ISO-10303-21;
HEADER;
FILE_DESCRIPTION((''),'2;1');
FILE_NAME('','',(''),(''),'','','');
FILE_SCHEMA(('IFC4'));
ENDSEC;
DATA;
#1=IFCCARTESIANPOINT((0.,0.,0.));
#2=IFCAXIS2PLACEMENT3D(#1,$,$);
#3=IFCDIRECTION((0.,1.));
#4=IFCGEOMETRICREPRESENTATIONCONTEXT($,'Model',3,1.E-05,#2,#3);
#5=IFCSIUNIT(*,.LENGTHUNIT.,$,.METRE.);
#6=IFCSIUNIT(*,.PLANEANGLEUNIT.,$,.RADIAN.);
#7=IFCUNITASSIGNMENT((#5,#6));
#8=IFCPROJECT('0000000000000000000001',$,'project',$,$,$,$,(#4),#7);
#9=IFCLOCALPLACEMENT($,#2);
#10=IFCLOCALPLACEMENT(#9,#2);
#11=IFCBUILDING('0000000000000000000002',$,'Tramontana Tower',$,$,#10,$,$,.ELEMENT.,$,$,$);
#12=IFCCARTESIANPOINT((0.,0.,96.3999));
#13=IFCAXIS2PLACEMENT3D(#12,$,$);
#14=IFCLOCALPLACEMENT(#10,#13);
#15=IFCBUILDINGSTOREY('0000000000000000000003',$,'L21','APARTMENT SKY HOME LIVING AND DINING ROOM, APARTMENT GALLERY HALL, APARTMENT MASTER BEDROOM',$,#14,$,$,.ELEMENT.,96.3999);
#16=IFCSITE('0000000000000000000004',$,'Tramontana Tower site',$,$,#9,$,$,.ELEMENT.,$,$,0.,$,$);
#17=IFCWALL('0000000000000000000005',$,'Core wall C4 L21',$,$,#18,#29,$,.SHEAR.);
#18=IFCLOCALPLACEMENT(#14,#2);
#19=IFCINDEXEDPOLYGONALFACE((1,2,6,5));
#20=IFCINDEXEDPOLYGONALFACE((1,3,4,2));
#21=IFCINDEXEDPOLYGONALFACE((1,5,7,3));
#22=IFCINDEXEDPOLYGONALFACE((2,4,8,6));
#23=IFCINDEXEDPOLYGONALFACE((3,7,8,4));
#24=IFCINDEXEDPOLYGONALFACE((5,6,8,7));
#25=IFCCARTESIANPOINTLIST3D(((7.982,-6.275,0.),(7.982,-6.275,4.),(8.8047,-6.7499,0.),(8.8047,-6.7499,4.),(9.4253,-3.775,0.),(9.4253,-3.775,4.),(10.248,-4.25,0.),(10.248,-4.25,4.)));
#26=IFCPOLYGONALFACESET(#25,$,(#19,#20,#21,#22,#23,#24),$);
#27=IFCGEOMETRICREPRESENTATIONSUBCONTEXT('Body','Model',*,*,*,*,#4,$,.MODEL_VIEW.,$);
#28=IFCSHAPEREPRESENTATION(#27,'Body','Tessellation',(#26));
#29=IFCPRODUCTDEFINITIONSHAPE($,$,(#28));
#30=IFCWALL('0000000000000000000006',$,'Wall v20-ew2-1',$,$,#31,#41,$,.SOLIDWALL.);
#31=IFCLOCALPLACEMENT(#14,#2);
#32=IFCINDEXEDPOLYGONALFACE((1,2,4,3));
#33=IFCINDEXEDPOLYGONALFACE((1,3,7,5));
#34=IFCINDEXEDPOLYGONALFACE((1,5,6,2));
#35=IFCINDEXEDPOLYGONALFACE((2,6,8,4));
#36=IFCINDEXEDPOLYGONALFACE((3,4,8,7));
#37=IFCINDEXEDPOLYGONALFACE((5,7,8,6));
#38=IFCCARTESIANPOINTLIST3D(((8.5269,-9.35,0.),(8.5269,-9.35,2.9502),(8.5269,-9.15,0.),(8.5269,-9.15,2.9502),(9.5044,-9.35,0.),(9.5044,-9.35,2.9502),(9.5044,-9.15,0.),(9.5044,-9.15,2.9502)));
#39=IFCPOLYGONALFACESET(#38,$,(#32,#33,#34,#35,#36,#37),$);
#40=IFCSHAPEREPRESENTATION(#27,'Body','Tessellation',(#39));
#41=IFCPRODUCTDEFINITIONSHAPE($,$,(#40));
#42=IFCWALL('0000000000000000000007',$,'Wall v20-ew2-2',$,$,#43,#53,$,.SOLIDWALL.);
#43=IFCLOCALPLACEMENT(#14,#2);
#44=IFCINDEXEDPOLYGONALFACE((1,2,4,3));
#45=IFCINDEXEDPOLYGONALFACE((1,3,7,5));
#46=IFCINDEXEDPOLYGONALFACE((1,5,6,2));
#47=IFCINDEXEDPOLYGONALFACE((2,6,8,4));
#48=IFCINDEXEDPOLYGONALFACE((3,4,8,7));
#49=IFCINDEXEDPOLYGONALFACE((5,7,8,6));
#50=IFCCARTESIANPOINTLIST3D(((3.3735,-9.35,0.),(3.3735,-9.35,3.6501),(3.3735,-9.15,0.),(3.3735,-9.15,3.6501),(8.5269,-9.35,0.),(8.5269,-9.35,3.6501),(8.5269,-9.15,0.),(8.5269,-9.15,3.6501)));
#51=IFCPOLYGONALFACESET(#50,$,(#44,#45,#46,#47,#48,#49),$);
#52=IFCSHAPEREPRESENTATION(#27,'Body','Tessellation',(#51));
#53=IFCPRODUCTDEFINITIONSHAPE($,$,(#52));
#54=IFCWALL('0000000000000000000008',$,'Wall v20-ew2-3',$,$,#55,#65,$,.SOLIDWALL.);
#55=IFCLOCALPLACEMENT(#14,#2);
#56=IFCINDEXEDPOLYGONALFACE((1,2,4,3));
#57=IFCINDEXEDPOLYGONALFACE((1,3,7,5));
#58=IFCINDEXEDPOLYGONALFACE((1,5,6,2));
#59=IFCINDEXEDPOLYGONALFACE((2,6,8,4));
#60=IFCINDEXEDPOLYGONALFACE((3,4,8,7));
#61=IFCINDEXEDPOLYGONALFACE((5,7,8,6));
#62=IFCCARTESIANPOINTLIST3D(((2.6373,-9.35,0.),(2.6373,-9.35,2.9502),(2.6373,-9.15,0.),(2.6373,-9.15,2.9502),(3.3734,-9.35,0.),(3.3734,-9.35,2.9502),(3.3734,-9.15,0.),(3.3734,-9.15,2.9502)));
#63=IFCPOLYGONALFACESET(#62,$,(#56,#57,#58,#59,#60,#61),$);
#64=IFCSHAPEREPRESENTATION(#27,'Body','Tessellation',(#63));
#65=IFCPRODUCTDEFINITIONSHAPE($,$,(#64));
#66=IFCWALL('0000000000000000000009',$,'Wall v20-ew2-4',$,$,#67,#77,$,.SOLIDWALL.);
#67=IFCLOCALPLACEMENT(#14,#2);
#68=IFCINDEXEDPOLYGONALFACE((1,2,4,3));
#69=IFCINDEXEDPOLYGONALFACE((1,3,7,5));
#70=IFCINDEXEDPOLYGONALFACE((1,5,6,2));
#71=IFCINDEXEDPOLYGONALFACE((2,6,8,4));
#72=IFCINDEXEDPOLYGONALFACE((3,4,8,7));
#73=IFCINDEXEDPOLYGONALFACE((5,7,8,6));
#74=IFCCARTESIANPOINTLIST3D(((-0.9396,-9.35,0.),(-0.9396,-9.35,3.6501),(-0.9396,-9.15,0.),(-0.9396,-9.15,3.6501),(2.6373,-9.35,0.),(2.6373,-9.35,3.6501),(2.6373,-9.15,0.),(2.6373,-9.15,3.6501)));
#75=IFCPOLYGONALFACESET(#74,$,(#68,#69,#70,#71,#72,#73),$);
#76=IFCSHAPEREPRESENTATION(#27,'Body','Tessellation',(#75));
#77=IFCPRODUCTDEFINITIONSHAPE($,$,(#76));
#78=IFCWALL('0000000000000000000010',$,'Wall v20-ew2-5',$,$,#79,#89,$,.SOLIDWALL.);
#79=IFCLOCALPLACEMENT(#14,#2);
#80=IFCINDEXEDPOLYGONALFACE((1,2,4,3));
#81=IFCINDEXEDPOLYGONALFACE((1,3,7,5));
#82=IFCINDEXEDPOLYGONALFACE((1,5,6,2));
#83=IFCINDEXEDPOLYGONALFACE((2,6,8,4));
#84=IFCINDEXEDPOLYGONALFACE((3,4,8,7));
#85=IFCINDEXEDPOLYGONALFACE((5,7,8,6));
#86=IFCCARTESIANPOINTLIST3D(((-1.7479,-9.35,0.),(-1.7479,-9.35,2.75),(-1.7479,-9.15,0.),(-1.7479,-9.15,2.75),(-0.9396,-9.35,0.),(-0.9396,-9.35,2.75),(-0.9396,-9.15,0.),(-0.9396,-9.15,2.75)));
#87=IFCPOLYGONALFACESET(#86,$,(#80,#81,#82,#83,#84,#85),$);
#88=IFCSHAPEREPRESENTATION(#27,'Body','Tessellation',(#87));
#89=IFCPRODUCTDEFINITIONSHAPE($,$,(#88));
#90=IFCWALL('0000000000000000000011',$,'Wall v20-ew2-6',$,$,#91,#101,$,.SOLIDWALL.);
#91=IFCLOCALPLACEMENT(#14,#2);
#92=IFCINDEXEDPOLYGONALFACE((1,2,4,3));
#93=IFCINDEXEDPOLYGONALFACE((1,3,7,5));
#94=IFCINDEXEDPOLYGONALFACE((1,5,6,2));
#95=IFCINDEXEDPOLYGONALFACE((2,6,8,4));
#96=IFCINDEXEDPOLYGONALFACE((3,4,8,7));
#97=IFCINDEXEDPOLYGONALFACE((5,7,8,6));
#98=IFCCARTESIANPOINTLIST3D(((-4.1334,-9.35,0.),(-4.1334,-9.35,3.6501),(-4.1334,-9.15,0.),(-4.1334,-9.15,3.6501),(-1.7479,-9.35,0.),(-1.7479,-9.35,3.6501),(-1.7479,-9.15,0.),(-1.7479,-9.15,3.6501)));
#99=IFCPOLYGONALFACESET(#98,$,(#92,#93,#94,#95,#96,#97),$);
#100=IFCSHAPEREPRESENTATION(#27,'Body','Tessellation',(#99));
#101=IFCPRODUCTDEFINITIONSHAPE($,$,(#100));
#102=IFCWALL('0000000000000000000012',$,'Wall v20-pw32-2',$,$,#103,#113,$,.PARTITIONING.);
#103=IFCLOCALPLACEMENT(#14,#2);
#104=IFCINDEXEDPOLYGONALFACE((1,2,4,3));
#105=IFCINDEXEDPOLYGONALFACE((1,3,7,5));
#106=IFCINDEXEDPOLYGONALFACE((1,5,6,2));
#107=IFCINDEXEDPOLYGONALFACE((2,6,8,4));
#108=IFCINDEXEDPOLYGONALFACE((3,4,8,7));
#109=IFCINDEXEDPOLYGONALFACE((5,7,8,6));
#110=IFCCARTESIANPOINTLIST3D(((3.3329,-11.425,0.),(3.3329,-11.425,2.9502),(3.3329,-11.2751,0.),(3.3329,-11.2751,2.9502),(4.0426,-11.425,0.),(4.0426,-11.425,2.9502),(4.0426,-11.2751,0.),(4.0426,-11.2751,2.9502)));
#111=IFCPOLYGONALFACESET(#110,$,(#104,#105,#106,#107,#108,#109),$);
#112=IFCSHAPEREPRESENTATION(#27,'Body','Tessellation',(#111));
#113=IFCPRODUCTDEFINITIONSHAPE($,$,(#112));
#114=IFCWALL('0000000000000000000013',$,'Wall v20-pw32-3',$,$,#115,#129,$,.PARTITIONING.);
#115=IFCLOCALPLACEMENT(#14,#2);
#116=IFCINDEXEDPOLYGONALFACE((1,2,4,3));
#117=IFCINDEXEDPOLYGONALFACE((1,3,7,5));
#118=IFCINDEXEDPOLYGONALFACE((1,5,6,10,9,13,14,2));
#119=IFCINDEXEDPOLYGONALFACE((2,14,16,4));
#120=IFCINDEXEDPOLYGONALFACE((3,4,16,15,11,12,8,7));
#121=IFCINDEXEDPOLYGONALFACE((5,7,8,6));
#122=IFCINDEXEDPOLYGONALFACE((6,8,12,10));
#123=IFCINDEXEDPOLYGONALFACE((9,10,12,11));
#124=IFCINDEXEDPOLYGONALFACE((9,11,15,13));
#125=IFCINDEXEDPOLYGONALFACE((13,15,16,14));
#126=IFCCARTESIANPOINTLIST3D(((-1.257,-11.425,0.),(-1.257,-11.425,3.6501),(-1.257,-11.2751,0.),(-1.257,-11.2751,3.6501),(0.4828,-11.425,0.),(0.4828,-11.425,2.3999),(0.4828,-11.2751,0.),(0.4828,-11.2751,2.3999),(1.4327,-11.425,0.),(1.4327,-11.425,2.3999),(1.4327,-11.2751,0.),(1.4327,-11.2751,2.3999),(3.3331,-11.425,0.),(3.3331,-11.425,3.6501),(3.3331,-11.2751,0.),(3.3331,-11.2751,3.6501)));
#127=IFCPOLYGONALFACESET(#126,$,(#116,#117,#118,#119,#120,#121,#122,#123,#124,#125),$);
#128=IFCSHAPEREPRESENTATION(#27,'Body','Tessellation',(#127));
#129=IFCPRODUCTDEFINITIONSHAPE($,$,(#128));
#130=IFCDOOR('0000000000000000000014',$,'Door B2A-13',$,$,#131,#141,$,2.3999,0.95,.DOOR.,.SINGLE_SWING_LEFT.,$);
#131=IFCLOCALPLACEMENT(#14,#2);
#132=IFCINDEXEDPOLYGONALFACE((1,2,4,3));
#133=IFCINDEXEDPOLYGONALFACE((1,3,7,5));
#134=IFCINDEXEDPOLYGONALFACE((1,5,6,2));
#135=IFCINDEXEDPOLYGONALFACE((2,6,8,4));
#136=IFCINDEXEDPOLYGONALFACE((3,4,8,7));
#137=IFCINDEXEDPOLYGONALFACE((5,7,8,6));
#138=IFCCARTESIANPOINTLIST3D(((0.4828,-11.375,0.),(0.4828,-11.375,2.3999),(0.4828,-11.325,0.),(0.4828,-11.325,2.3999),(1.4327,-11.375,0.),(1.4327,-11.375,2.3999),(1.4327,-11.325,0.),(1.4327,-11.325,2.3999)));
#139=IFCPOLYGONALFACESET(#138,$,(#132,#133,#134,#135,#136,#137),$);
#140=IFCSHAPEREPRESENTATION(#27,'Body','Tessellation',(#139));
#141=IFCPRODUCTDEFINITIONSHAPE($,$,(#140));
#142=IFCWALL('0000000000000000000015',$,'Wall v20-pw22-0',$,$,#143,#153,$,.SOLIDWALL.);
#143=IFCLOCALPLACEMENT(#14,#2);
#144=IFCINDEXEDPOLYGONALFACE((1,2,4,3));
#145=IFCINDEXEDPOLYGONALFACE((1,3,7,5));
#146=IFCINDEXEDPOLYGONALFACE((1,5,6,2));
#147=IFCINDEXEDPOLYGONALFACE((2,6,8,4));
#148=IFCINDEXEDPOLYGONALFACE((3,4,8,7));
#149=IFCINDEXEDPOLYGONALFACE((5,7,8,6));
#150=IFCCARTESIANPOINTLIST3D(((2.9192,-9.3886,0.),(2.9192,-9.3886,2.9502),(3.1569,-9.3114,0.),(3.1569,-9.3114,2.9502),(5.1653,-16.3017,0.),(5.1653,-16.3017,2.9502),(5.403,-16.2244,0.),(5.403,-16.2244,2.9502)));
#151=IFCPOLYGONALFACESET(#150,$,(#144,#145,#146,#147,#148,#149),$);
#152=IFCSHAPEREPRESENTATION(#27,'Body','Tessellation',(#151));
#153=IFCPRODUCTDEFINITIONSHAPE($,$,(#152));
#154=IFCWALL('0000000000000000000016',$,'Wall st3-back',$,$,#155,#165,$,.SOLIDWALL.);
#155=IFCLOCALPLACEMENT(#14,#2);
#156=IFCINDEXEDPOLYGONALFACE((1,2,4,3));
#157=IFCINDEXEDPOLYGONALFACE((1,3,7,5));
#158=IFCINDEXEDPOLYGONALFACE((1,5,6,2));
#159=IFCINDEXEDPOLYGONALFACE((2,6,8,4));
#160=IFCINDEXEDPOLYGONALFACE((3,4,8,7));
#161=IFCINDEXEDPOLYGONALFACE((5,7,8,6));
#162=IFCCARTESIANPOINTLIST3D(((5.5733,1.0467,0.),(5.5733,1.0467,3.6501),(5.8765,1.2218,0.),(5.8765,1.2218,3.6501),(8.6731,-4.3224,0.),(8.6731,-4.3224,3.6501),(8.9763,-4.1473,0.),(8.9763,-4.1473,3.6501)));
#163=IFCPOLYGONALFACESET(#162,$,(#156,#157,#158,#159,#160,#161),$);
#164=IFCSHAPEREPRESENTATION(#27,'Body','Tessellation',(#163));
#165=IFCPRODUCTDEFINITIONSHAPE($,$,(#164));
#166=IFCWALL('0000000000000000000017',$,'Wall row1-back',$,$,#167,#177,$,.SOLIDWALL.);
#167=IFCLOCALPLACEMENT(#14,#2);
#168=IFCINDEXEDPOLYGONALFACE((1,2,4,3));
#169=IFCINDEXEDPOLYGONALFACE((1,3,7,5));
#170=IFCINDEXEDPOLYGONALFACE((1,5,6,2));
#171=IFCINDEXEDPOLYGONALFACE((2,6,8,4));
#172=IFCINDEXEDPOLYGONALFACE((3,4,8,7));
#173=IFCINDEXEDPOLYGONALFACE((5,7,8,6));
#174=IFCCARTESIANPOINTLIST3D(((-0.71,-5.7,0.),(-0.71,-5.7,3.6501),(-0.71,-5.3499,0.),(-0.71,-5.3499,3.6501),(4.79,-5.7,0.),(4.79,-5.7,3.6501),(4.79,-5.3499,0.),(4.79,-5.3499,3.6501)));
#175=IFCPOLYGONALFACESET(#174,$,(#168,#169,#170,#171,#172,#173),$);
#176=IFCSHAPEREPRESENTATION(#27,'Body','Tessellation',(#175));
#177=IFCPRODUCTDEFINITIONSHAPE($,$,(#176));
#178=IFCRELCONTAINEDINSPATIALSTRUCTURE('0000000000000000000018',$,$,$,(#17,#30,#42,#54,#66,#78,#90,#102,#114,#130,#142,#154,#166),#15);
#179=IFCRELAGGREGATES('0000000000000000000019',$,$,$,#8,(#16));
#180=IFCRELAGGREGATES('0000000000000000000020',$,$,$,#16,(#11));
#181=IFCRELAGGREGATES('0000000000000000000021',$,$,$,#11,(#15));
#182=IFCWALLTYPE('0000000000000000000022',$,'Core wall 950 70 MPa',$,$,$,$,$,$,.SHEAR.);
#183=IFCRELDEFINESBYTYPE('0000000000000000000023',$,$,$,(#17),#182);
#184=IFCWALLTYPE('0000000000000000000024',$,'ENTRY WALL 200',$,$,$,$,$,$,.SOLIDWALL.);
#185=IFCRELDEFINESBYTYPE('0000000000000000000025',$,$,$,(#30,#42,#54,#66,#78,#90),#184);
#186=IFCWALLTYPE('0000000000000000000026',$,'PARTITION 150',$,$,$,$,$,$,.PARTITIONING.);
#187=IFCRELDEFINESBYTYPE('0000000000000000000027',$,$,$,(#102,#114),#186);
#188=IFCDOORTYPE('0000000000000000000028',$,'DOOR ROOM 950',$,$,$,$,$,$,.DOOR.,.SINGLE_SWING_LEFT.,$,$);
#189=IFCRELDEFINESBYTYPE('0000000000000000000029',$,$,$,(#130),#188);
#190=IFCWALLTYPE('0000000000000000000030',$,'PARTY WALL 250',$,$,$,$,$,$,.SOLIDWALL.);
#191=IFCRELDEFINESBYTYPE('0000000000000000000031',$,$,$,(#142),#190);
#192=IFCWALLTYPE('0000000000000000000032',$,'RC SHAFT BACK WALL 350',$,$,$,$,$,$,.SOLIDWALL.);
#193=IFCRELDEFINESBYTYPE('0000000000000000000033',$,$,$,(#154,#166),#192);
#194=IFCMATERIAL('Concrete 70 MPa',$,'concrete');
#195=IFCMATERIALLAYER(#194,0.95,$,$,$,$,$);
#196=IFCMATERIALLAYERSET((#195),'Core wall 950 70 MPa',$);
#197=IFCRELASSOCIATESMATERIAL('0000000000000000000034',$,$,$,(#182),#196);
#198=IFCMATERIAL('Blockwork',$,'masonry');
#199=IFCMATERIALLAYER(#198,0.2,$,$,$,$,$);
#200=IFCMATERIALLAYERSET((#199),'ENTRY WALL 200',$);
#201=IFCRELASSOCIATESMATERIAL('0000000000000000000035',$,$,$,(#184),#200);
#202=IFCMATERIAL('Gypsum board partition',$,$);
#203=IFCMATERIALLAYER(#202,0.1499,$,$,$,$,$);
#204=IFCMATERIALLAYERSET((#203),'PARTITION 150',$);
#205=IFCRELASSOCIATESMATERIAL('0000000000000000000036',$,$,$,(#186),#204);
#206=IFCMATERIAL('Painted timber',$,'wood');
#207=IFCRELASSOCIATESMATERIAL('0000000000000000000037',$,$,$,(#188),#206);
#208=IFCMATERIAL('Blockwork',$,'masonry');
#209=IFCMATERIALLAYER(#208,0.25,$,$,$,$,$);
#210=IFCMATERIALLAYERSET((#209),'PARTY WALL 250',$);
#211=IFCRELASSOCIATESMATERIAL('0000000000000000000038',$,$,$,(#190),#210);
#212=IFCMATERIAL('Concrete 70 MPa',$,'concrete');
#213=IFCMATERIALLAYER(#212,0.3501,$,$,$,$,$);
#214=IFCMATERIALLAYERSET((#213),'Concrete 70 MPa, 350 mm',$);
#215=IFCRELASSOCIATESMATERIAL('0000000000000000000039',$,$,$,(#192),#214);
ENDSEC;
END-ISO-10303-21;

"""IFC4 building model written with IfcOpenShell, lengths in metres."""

from ifc_helpers import new_model, si_unit, direction, frame, frame_2d, origin, place, context, subcontext, project, spatial, rectangle, extrude, material, layer, layer_set, type_object, element, fill, save


model = new_model("IFC4")

# Units and contexts
model_context = context("Model", 3, precision=1e-05, world=origin(), true_north=direction((0.0, 1.0)))
body_context = subcontext(model_context, "Body", "Model", "MODEL_VIEW")
ifc_project = project(units=[si_unit("LENGTHUNIT", "METRE"), si_unit("PLANEANGLEUNIT", "RADIAN")], contexts=[model_context])

# Site, building, storey
site_placement = place(None, origin())
site = spatial("IfcSite", under=ifc_project, at=site_placement, Name="Tramontana Tower site", CompositionType="ELEMENT", RefElevation=0.0)
building_placement = place(site_placement, origin())
building = spatial("IfcBuilding", under=site, at=building_placement, Name="Tramontana Tower", CompositionType="ELEMENT")
storey_placement = place(building_placement, frame((0.0, 0.0, 96.3999)))
storey = spatial("IfcBuildingStorey", under=building, at=storey_placement, Name="L21", Description="APARTMENT SKY HOME LIVING AND DINING ROOM, APARTMENT GALLERY HALL, APARTMENT MASTER BEDROOM", CompositionType="ELEMENT", Elevation=96.3999)

# Walls
ifc_material_1 = material(Name="Concrete 70 MPa", Category="concrete")
ifc_layer_1 = layer(ifc_material_1, 0.95)
ifc_layer_set_1 = layer_set([ifc_layer_1], Name="Core wall 950 70 MPa")
wall_type_1 = type_object("IfcWallType", Name="Core wall 950 70 MPa", PredefinedType="SHEAR", material=ifc_layer_set_1)
wall_1_placement = place(storey_placement, frame((8.3933, -6.5125, 0.0), z_axis=(0.0, 0.0, 1.0), x_axis=(0.499996, 0.866028, 0.0)))
element("IfcWall", 1, at=wall_1_placement, inside=storey, type_object=wall_type_1, Name="Core wall C4 L21", PredefinedType="SHEAR", context=body_context, shape_type="SweptSolid", body=[
    extrude(rectangle(XDim=2.8867, YDim=0.95, at=frame_2d((1.4434, 0.0))), origin(), (0.0, 0.0, 1.0), 4.0),
])
ifc_material_2 = material(Name="Blockwork", Category="masonry")
ifc_layer_2 = layer(ifc_material_2, 0.2)
ifc_layer_set_2 = layer_set([ifc_layer_2], Name="ENTRY WALL 200")
wall_type_2 = type_object("IfcWallType", Name="ENTRY WALL 200", PredefinedType="SOLIDWALL", material=ifc_layer_set_2)
wall_2_placement = place(storey_placement, frame((9.5044, -9.25, 0.0), z_axis=(0.0, 0.0, 1.0), x_axis=(-1.0, 0.0, 0.0)))
element("IfcWall", 2, at=wall_2_placement, inside=storey, type_object=wall_type_2, Name="Wall v20-ew2-1", PredefinedType="SOLIDWALL", context=body_context, shape_type="SweptSolid", body=[
    extrude(rectangle(XDim=0.9775, YDim=0.2, at=frame_2d((0.4888, 0.0))), origin(), (0.0, 0.0, 1.0), 2.9502),
])
wall_3_placement = place(storey_placement, frame((8.5269, -9.25, 0.0), z_axis=(0.0, 0.0, 1.0), x_axis=(-1.0, 0.0, 0.0)))
element("IfcWall", 3, at=wall_3_placement, inside=storey, type_object=wall_type_2, Name="Wall v20-ew2-2", PredefinedType="SOLIDWALL", context=body_context, shape_type="SweptSolid", body=[
    extrude(rectangle(XDim=5.1533, YDim=0.2, at=frame_2d((2.5767, 0.0))), origin(), (0.0, 0.0, 1.0), 3.6501),
])
wall_4_placement = place(storey_placement, frame((3.3735, -9.25, 0.0), z_axis=(0.0, 0.0, 1.0), x_axis=(-1.0, 0.0, 0.0)))
element("IfcWall", 4, at=wall_4_placement, inside=storey, type_object=wall_type_2, Name="Wall v20-ew2-3", PredefinedType="SOLIDWALL", context=body_context, shape_type="SweptSolid", body=[
    extrude(rectangle(XDim=0.7361, YDim=0.2, at=frame_2d((0.3682, 0.0))), origin(), (0.0, 0.0, 1.0), 2.9502),
])
wall_5_placement = place(storey_placement, frame((2.6375, -9.25, 0.0), z_axis=(0.0, 0.0, 1.0), x_axis=(-1.0, 0.0, 0.0)))
element("IfcWall", 5, at=wall_5_placement, inside=storey, type_object=wall_type_2, Name="Wall v20-ew2-4", PredefinedType="SOLIDWALL", context=body_context, shape_type="SweptSolid", body=[
    extrude(rectangle(XDim=3.5769, YDim=0.2, at=frame_2d((1.7886, 0.0))), origin(), (0.0, 0.0, 1.0), 3.6501),
])
wall_6_placement = place(storey_placement, frame((-0.9395, -9.25, 0.0), z_axis=(0.0, 0.0, 1.0), x_axis=(-1.0, 0.0, 0.0)))
element("IfcWall", 6, at=wall_6_placement, inside=storey, type_object=wall_type_2, Name="Wall v20-ew2-5", PredefinedType="SOLIDWALL", context=body_context, shape_type="SweptSolid", body=[
    extrude(rectangle(XDim=0.8083, YDim=0.2, at=frame_2d((0.4043, 0.0))), origin(), (0.0, 0.0, 1.0), 2.75),
])
wall_7_placement = place(storey_placement, frame((-1.7478, -9.25, 0.0), z_axis=(0.0, 0.0, 1.0), x_axis=(-1.0, 0.0, 0.0)))
element("IfcWall", 7, at=wall_7_placement, inside=storey, type_object=wall_type_2, Name="Wall v20-ew2-6", PredefinedType="SOLIDWALL", context=body_context, shape_type="SweptSolid", body=[
    extrude(rectangle(XDim=2.3855, YDim=0.2, at=frame_2d((1.1929, 0.0))), origin(), (0.0, 0.0, 1.0), 3.6501),
])
ifc_material_3 = material(Name="Gypsum board partition")
ifc_layer_3 = layer(ifc_material_3, 0.1499)
ifc_layer_set_3 = layer_set([ifc_layer_3], Name="PARTITION 150")
wall_type_3 = type_object("IfcWallType", Name="PARTITION 150", PredefinedType="PARTITIONING", material=ifc_layer_set_3)
wall_8_placement = place(storey_placement, frame((4.0427, -11.3501, 0.0), z_axis=(0.0, 0.0, 1.0), x_axis=(-1.0, 0.0, 0.0)))
element("IfcWall", 8, at=wall_8_placement, inside=storey, type_object=wall_type_3, Name="Wall v20-pw32-2", PredefinedType="PARTITIONING", context=body_context, shape_type="SweptSolid", body=[
    extrude(rectangle(XDim=0.7097, YDim=0.1499, at=frame_2d((0.355, 0.0))), origin(), (0.0, 0.0, 1.0), 2.9502),
])

# Wall, opening, door
wall_9_placement = place(storey_placement, frame((3.333, -11.3501, 0.0), z_axis=(0.0, 0.0, 1.0), x_axis=(-1.0, 0.0, 0.0)))
wall_9 = element("IfcWall", 9, at=wall_9_placement, inside=storey, type_object=wall_type_3, Name="Wall v20-pw32-3", PredefinedType="PARTITIONING", context=body_context, shape_type="SweptSolid", body=[
    extrude(rectangle(XDim=4.5901, YDim=0.1499, at=frame_2d((2.2949, 0.0))), origin(), (0.0, 0.0, 1.0), 3.6501),
])
opening_1_placement = place(wall_9_placement, frame((1.9001, 0.0, 0.0)))
opening_1 = element("IfcOpeningElement", 10, at=opening_1_placement, cuts=wall_9, PredefinedType="OPENING", context=body_context, shape_type="SweptSolid", body=[
    extrude(rectangle(XDim=0.95, YDim=2.3999, at=frame_2d((0.4751, 1.2))), frame((0.0, 0.085, 0.0), z_axis=(0.0, -1.0, 0.0), x_axis=(1.0, 0.0, 0.0)), (0.0, 0.0, 1.0), 0.1699),
])
ifc_material_4 = material(Name="Painted timber", Category="wood")
door_type_1 = type_object("IfcDoorType", Name="DOOR ROOM 950", OperationType="SINGLE_SWING_LEFT", PredefinedType="DOOR", material=ifc_material_4)
door_1_placement = place(opening_1_placement, origin())
door_1 = element("IfcDoor", 11, at=door_1_placement, inside=storey, type_object=door_type_1, Name="Door B2A-13", OperationType="SINGLE_SWING_LEFT", OverallHeight=2.3999, OverallWidth=0.95, PredefinedType="DOOR", context=body_context, shape_type="SweptSolid", body=[
    extrude(rectangle(XDim=0.95, YDim=2.3999, at=frame_2d((0.4751, 1.2))), frame((0.0, 0.0249, 0.0), z_axis=(0.0, -1.0, 0.0), x_axis=(1.0, 0.0, 0.0)), (0.0, 0.0, 1.0), 0.05),
])
fill(opening_1, door_1)

# Walls
ifc_material_5 = material(Name="Blockwork", Category="masonry")
ifc_layer_4 = layer(ifc_material_5, 0.25)
ifc_layer_set_4 = layer_set([ifc_layer_4], Name="PARTY WALL 250")
wall_type_4 = type_object("IfcWallType", Name="PARTY WALL 250", PredefinedType="SOLIDWALL", material=ifc_layer_set_4)
wall_10_placement = place(storey_placement, frame((3.0381, -9.3501, 0.0), z_axis=(0.0, 0.0, 1.0), x_axis=(0.309004, -0.951061, 0.0)))
element("IfcWall", 12, at=wall_10_placement, inside=storey, type_object=wall_type_4, Name="Wall v20-pw22-0", PredefinedType="SOLIDWALL", context=body_context, shape_type="SweptSolid", body=[
    extrude(rectangle(XDim=7.2688, YDim=0.25, at=frame_2d((3.6343, 0.0))), origin(), (0.0, 0.0, 1.0), 2.9502),
])
ifc_material_6 = material(Name="Concrete 70 MPa", Category="concrete")
ifc_layer_5 = layer(ifc_material_6, 0.3501)
ifc_layer_set_5 = layer_set([ifc_layer_5], Name="Concrete 70 MPa, 350 mm")
wall_type_5 = type_object("IfcWallType", Name="RC SHAFT BACK WALL 350", PredefinedType="SOLIDWALL", material=ifc_layer_set_5)
wall_11_placement = place(storey_placement, frame((8.8247, -4.2349, 0.0), z_axis=(0.0, 0.0, 1.0), x_axis=(-0.499997, 0.866027, 0.0)))
element("IfcWall", 13, at=wall_11_placement, inside=storey, type_object=wall_type_5, Name="Wall st3-back", PredefinedType="SOLIDWALL", context=body_context, shape_type="SweptSolid", body=[
    extrude(rectangle(XDim=6.1997, YDim=0.3501, at=frame_2d((3.0999, 0.0))), origin(), (0.0, 0.0, 1.0), 3.6501),
])
wall_12_placement = place(storey_placement, frame((-0.71, -5.5249, 0.0), z_axis=(0.0, 0.0, 1.0), x_axis=(1.0, 0.0, 0.0)))
element("IfcWall", 14, at=wall_12_placement, inside=storey, type_object=wall_type_5, Name="Wall row1-back", PredefinedType="SOLIDWALL", context=body_context, shape_type="SweptSolid", body=[
    extrude(rectangle(XDim=5.5, YDim=0.3501, at=frame_2d((2.75, 0.0))), origin(), (0.0, 0.0, 1.0), 3.6501),
])

save(model, "model.ifc")
